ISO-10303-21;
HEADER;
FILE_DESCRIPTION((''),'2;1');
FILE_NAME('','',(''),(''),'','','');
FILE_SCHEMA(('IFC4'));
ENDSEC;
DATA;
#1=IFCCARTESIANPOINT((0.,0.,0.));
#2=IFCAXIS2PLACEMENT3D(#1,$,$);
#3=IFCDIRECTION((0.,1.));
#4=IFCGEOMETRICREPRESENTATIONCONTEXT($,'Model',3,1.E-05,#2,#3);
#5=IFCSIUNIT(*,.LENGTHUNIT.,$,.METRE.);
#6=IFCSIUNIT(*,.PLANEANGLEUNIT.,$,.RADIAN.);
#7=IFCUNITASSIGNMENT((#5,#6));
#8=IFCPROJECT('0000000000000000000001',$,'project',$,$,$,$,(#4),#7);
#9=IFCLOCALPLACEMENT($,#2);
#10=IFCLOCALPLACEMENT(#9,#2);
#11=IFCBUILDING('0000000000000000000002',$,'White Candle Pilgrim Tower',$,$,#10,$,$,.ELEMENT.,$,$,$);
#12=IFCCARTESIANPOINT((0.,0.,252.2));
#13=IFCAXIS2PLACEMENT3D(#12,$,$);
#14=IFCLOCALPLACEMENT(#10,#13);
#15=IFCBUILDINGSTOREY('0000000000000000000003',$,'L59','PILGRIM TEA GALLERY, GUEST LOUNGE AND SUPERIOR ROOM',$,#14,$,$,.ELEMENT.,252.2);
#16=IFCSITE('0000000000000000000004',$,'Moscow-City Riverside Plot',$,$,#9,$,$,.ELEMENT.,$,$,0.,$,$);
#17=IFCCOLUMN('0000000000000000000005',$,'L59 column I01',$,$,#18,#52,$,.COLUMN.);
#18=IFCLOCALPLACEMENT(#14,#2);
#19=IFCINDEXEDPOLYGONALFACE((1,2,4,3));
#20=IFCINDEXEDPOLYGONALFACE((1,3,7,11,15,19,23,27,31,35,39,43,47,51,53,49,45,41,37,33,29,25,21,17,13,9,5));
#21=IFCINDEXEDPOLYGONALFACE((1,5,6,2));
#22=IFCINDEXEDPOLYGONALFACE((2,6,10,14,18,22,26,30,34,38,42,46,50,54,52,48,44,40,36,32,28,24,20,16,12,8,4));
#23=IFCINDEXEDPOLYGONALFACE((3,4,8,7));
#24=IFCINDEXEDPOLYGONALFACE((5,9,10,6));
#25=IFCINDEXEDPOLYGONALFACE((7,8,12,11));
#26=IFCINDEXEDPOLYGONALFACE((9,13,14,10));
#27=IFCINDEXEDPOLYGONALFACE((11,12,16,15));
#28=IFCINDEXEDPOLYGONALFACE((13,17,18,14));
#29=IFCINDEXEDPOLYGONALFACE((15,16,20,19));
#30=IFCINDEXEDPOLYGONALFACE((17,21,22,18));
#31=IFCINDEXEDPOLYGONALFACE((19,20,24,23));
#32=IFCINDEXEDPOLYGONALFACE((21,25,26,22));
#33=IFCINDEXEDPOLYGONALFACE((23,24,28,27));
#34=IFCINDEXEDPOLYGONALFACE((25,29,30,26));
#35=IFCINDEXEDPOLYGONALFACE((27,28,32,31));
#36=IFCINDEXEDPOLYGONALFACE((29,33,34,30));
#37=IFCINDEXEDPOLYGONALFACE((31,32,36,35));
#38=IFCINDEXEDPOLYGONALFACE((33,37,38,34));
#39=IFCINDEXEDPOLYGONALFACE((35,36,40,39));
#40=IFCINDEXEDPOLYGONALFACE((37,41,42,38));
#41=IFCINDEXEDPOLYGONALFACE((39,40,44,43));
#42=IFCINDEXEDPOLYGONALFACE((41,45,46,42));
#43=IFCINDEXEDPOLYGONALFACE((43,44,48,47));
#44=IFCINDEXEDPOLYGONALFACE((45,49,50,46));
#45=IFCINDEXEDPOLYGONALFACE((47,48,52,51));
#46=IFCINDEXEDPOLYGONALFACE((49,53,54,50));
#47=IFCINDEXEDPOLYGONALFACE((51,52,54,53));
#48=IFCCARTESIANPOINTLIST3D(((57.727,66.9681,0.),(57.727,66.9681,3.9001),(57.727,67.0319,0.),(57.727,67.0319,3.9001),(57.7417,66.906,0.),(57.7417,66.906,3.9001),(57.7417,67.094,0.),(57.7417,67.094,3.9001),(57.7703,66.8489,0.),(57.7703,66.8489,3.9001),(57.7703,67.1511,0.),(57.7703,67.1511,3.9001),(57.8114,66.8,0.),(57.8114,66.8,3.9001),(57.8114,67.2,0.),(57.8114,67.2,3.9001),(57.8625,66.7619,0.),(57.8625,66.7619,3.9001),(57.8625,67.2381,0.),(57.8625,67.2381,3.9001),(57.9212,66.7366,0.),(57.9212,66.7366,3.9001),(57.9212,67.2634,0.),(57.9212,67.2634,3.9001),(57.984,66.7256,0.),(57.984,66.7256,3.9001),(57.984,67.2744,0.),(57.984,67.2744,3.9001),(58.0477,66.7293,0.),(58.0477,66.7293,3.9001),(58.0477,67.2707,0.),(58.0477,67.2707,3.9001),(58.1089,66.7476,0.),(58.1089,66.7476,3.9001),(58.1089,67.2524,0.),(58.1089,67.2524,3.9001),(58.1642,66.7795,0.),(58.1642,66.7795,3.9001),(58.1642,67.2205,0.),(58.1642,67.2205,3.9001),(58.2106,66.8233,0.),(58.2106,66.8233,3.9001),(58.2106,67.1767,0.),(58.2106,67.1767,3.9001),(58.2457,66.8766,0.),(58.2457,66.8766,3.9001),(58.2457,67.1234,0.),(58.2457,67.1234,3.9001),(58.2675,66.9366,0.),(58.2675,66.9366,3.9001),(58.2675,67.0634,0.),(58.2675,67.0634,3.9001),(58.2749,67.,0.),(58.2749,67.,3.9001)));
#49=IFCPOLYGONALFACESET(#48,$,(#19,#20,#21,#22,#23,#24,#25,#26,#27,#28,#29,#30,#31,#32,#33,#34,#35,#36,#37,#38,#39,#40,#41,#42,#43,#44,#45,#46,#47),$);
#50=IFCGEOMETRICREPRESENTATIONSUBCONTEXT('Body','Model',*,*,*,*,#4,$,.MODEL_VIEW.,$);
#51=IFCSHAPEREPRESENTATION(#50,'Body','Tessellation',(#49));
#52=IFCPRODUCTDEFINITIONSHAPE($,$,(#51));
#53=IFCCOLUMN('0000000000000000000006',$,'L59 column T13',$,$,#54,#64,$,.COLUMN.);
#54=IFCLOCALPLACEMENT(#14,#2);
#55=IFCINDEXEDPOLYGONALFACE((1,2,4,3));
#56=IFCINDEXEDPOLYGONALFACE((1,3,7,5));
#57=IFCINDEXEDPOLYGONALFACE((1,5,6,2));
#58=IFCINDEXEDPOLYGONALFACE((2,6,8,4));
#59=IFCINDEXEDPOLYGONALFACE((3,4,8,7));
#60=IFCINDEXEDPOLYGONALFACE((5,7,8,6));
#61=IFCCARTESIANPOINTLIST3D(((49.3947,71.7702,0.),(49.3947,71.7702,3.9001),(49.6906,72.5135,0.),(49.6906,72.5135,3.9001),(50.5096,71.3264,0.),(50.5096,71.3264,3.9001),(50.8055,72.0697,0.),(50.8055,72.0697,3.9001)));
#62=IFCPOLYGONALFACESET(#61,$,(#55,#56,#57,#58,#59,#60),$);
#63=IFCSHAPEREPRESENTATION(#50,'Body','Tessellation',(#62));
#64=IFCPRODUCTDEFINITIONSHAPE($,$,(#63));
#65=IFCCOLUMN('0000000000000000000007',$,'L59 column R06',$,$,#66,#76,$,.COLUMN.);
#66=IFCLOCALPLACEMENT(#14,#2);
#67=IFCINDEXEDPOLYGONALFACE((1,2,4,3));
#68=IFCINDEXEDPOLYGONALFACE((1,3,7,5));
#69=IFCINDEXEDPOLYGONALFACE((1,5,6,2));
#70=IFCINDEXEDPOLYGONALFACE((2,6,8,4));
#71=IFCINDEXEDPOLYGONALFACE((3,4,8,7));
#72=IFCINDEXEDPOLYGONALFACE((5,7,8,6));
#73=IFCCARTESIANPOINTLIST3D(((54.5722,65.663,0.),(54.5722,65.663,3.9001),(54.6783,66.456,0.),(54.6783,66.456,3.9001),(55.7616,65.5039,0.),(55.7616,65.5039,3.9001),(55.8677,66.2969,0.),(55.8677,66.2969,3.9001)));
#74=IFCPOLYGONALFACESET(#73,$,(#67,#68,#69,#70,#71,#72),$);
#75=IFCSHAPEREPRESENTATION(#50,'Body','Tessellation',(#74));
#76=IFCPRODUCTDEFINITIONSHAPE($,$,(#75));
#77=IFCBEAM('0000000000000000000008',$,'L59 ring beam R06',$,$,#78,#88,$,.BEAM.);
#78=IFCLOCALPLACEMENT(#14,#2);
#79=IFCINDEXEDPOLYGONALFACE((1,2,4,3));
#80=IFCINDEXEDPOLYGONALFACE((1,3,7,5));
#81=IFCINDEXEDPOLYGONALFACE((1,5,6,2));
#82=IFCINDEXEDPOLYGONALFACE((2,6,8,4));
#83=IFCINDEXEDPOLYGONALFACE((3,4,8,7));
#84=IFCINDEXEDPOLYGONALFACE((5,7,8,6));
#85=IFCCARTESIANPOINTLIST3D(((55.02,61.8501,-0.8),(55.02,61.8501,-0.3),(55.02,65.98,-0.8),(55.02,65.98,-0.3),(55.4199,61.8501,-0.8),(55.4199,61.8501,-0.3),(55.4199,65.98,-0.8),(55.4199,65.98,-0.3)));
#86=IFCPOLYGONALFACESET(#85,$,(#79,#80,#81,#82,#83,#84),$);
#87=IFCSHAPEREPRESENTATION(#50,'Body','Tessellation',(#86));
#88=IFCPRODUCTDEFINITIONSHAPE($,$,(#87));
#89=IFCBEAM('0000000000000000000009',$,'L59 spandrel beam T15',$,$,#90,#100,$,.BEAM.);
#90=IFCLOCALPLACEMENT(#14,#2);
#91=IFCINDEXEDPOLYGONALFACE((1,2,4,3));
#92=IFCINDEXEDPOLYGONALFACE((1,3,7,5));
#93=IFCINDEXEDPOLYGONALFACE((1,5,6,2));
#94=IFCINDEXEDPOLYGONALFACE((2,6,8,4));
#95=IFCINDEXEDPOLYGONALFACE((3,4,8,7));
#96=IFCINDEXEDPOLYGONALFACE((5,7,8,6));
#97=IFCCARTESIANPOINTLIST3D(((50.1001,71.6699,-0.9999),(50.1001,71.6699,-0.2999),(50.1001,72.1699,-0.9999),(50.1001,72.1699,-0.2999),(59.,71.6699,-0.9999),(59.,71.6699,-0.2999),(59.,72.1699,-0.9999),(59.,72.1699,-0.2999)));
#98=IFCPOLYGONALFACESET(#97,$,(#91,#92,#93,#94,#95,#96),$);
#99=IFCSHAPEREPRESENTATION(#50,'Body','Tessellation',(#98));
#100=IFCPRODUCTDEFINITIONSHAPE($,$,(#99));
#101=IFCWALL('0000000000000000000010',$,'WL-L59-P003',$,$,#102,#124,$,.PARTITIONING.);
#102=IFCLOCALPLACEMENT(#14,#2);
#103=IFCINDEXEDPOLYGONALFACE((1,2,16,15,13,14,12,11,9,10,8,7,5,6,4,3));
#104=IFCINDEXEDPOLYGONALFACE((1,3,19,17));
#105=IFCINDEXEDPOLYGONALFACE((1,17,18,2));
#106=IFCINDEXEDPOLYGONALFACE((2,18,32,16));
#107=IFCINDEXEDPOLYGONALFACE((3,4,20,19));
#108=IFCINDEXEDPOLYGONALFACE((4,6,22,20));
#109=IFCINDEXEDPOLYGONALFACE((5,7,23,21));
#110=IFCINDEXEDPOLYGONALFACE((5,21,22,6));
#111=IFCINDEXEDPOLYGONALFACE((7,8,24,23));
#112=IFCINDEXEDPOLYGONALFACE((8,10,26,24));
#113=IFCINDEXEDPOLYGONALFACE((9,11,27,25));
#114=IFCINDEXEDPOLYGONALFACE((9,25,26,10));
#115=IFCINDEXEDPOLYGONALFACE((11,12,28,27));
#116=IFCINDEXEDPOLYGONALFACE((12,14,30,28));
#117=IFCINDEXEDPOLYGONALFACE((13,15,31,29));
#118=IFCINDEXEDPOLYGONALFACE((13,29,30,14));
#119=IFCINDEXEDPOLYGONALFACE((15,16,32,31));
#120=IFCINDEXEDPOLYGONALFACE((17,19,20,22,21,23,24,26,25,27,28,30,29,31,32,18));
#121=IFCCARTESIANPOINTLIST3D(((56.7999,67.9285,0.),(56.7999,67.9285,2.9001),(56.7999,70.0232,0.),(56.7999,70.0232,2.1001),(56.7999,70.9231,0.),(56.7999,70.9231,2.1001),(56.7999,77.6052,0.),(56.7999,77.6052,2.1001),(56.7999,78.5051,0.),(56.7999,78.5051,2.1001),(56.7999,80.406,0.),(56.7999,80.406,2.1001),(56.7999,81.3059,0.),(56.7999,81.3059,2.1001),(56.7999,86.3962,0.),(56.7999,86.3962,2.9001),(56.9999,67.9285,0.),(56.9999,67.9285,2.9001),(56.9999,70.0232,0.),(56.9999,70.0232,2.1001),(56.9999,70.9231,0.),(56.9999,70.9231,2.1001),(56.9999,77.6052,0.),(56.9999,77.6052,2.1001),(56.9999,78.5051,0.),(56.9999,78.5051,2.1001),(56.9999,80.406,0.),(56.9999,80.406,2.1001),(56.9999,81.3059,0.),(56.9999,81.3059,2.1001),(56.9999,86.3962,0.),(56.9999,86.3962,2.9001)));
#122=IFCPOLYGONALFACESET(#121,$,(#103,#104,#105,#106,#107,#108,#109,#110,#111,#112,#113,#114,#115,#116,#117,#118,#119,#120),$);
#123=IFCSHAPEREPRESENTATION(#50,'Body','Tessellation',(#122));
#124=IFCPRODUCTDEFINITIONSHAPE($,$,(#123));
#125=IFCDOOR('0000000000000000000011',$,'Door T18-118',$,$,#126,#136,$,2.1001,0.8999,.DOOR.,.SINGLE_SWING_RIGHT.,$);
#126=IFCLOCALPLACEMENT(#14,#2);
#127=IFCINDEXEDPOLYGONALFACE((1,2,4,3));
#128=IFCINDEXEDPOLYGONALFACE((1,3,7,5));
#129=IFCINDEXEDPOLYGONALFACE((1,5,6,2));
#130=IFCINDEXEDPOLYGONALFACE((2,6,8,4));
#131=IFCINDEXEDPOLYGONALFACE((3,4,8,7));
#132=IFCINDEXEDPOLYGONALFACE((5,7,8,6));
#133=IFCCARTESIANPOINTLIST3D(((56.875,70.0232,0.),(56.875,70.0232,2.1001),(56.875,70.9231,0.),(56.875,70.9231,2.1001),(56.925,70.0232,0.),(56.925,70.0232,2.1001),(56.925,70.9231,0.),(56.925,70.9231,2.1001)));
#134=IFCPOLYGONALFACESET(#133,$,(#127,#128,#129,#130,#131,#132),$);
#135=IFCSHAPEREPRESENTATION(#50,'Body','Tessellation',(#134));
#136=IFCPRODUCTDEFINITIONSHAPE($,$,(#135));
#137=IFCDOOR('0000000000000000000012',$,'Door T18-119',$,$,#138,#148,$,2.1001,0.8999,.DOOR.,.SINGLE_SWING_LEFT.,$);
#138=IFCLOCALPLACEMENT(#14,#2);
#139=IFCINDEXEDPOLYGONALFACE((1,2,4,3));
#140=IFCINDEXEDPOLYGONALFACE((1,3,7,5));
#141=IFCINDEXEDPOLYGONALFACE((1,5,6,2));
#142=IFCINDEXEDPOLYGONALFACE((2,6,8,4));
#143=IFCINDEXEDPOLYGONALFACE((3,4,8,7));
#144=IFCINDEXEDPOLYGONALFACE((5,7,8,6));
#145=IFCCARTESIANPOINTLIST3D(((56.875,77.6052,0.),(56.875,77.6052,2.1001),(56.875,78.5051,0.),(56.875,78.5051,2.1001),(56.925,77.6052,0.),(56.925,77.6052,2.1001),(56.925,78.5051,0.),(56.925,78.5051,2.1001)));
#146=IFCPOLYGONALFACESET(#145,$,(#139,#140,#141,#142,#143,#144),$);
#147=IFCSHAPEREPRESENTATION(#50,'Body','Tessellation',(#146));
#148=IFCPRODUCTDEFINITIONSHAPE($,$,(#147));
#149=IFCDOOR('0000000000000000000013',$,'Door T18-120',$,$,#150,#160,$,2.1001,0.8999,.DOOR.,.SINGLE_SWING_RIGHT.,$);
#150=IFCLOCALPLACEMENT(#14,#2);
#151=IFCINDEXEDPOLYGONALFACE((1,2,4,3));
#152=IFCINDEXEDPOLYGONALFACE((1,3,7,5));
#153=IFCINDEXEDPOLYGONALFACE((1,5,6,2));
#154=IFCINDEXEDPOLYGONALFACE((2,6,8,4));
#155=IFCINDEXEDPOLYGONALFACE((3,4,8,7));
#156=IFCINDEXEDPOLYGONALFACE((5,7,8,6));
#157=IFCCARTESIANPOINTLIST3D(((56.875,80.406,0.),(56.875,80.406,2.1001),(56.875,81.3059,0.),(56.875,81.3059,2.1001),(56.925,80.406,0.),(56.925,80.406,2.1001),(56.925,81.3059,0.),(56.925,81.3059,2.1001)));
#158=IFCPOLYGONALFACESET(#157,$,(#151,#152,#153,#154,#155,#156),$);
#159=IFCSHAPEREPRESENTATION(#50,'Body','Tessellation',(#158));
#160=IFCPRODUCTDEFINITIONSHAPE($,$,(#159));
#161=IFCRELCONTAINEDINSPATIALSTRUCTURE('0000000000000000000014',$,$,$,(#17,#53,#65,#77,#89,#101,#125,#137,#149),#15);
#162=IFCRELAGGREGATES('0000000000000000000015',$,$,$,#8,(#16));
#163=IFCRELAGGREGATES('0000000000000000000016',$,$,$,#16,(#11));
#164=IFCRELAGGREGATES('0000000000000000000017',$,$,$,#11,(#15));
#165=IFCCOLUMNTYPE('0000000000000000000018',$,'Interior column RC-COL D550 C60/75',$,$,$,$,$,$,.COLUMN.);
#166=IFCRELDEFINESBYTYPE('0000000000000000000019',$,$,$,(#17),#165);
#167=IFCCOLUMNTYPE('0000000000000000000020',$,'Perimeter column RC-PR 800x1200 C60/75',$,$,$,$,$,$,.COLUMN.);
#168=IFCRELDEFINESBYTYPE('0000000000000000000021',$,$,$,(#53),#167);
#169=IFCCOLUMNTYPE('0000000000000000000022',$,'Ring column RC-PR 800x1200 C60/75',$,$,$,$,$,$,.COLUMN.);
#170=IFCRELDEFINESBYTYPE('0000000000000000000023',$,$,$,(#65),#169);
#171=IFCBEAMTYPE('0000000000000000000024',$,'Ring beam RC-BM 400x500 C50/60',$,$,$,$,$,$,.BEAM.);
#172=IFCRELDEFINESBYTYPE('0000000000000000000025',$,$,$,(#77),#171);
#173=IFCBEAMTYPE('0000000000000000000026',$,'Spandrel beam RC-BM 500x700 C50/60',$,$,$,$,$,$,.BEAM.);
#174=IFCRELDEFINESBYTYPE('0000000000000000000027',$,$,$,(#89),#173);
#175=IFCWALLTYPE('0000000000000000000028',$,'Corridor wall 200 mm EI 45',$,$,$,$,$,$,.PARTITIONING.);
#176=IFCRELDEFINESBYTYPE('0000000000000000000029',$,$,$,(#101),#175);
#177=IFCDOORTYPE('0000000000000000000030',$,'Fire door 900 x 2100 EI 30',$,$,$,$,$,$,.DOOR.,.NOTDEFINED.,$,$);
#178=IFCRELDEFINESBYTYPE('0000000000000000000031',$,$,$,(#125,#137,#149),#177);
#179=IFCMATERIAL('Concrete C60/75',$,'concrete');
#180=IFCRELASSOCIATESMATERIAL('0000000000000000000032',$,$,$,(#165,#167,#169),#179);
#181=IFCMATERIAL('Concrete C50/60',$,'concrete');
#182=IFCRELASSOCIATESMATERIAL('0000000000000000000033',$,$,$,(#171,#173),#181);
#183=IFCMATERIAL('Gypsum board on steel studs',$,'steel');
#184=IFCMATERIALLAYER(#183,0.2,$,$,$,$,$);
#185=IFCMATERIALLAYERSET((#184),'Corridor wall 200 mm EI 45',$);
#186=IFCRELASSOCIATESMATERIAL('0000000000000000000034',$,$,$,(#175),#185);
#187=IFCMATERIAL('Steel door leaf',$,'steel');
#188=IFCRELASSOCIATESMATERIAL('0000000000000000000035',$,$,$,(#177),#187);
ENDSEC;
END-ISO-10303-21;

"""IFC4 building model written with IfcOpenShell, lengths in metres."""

from ifc_helpers import new_model, si_unit, direction, frame, frame_2d, origin, origin_2d, place, context, subcontext, project, spatial, rectangle, circle, extrude, material, layer, layer_set, material_profile, profile_set, type_object, element, fill, save


model = new_model("IFC4")

# Units and contexts
model_context = context("Model", 3, precision=1e-05, world=origin(), true_north=direction((0.0, 1.0)))
body_context = subcontext(model_context, "Body", "Model", "MODEL_VIEW")
ifc_project = project(units=[si_unit("LENGTHUNIT", "METRE"), si_unit("PLANEANGLEUNIT", "RADIAN")], contexts=[model_context])

# Site, building, storey
site_placement = place(None, origin())
site = spatial("IfcSite", under=ifc_project, at=site_placement, Name="Moscow-City Riverside Plot", CompositionType="ELEMENT", RefElevation=0.0)
building_placement = place(site_placement, origin())
building = spatial("IfcBuilding", under=site, at=building_placement, Name="White Candle Pilgrim Tower", CompositionType="ELEMENT")
storey_placement = place(building_placement, frame((0.0, 0.0, 252.2)))
storey = spatial("IfcBuildingStorey", under=building, at=storey_placement, Name="L59", Description="PILGRIM TEA GALLERY, GUEST LOUNGE AND SUPERIOR ROOM", CompositionType="ELEMENT", Elevation=252.2)

# Columns
ifc_material_1 = material(Name="Concrete C60/75", Category="concrete")
ifc_material_profile_1 = material_profile(ifc_material_1, circle(Radius=0.2749, at=origin_2d()), Name="RC-COL D550")
ifc_profile_set_1 = profile_set([ifc_material_profile_1], Name="Concrete C60/75")
column_type_1 = type_object("IfcColumnType", Name="Interior column RC-COL D550 C60/75", PredefinedType="COLUMN", material=ifc_profile_set_1)
column_1_placement = place(storey_placement, frame((58.0, 67.0, 0.0), z_axis=(0.0, 0.0, 1.0), x_axis=(1.0, 0.0, 0.0)))
element("IfcColumn", 1, at=column_1_placement, inside=storey, type_object=column_type_1, Name="L59 column I01", PredefinedType="COLUMN", context=body_context, shape_type="SweptSolid", body=[
    extrude(circle(Radius=0.2749, at=origin_2d()), origin(), (0.0, 0.0, 1.0), 3.9001),
])
ifc_material_profile_2 = material_profile(ifc_material_1, rectangle(XDim=0.8, YDim=1.2, at=origin_2d()), Name="RC-PR 800x1200")
ifc_profile_set_2 = profile_set([ifc_material_profile_2], Name="Concrete C60/75")
column_type_2 = type_object("IfcColumnType", Name="Perimeter column RC-PR 800x1200 C60/75", PredefinedType="COLUMN", material=ifc_profile_set_2)
column_2_placement = place(storey_placement, frame((50.1001, 71.9199, 0.0), z_axis=(0.0, 0.0, 1.0), x_axis=(0.36986, 0.929087, 0.0)))
element("IfcColumn", 2, at=column_2_placement, inside=storey, type_object=column_type_2, Name="L59 column T13", PredefinedType="COLUMN", context=body_context, shape_type="SweptSolid", body=[
    extrude(rectangle(XDim=0.8, YDim=1.2, at=origin_2d()), origin(), (0.0, 0.0, 1.0), 3.9001),
])
ifc_material_profile_3 = material_profile(ifc_material_1, rectangle(XDim=0.8, YDim=1.2, at=origin_2d()), Name="RC-PR 800x1200")
ifc_profile_set_3 = profile_set([ifc_material_profile_3], Name="Concrete C60/75")
column_type_3 = type_object("IfcColumnType", Name="Ring column RC-PR 800x1200 C60/75", PredefinedType="COLUMN", material=ifc_profile_set_3)
column_3_placement = place(storey_placement, frame((55.22, 65.98, 0.0), z_axis=(0.0, 0.0, 1.0), x_axis=(0.132602, 0.991169, 0.0)))
element("IfcColumn", 3, at=column_3_placement, inside=storey, type_object=column_type_3, Name="L59 column R06", PredefinedType="COLUMN", context=body_context, shape_type="SweptSolid", body=[
    extrude(rectangle(XDim=0.8, YDim=1.2, at=origin_2d()), origin(), (0.0, 0.0, 1.0), 3.9001),
])

# Beams
ifc_material_2 = material(Name="Concrete C50/60", Category="concrete")
ifc_material_profile_4 = material_profile(ifc_material_2, rectangle(XDim=0.3999, YDim=0.5, at=origin_2d()), Name="RC-BM 400x500")
ifc_profile_set_4 = profile_set([ifc_material_profile_4], Name="Concrete C50/60")
beam_type_1 = type_object("IfcBeamType", Name="Ring beam RC-BM 400x500 C50/60", PredefinedType="BEAM", material=ifc_profile_set_4)
beam_1_placement = place(storey_placement, frame((55.22, 65.98, -0.55), z_axis=(0.0, -1.0, 0.0), x_axis=(1.0, 0.0, 0.0)))
element("IfcBeam", 4, at=beam_1_placement, inside=storey, type_object=beam_type_1, Name="L59 ring beam R06", PredefinedType="BEAM", context=body_context, shape_type="SweptSolid", body=[
    extrude(rectangle(XDim=0.3999, YDim=0.5, at=origin_2d()), origin(), (0.0, 0.0, 1.0), 4.1299),
])
ifc_material_profile_5 = material_profile(ifc_material_2, rectangle(XDim=0.5, YDim=0.7, at=origin_2d()), Name="RC-BM 500x700")
ifc_profile_set_5 = profile_set([ifc_material_profile_5], Name="Concrete C50/60")
beam_type_2 = type_object("IfcBeamType", Name="Spandrel beam RC-BM 500x700 C50/60", PredefinedType="BEAM", material=ifc_profile_set_5)
beam_2_placement = place(storey_placement, frame((50.1001, 71.9199, -0.6499), z_axis=(1.0, 0.0, 0.0), x_axis=(0.0, 1.0, 0.0)))
element("IfcBeam", 5, at=beam_2_placement, inside=storey, type_object=beam_type_2, Name="L59 spandrel beam T15", PredefinedType="BEAM", context=body_context, shape_type="SweptSolid", body=[
    extrude(rectangle(XDim=0.5, YDim=0.7, at=origin_2d()), origin(), (0.0, 0.0, 1.0), 8.8999),
])

# Wall, openings, doors
ifc_material_3 = material(Name="Gypsum board on steel studs", Category="steel")
ifc_layer_1 = layer(ifc_material_3, 0.2)
ifc_layer_set_1 = layer_set([ifc_layer_1], Name="Corridor wall 200 mm EI 45")
wall_type_1 = type_object("IfcWallType", Name="Corridor wall 200 mm EI 45", PredefinedType="PARTITIONING", material=ifc_layer_set_1)
wall_1_placement = place(storey_placement, frame((56.8999, 67.9285, 0.0), z_axis=(0.0, 0.0, 1.0), x_axis=(0.0, 1.0, 0.0)))
wall_1 = element("IfcWall", 6, at=wall_1_placement, inside=storey, type_object=wall_type_1, Name="WL-L59-P003", PredefinedType="PARTITIONING", context=body_context, shape_type="SweptSolid", body=[
    extrude(rectangle(XDim=18.4678, YDim=0.2, at=frame_2d((9.2339, 0.0))), origin(), (0.0, 0.0, 1.0), 2.9001),
])
opening_1_placement = place(wall_1_placement, frame((2.0947, 0.0, 0.0)))
opening_1 = element("IfcOpeningElement", 7, at=opening_1_placement, cuts=wall_1, PredefinedType="OPENING", context=body_context, shape_type="SweptSolid", body=[
    extrude(rectangle(XDim=0.8999, YDim=2.1001, at=frame_2d((0.45, 1.05))), frame((0.0, 0.1099, 0.0), z_axis=(0.0, -1.0, 0.0), x_axis=(1.0, 0.0, 0.0)), (0.0, 0.0, 1.0), 0.22),
])
opening_2_placement = place(wall_1_placement, frame((9.6768, 0.0, 0.0)))
opening_2 = element("IfcOpeningElement", 8, at=opening_2_placement, cuts=wall_1, PredefinedType="OPENING", context=body_context, shape_type="SweptSolid", body=[
    extrude(rectangle(XDim=0.8999, YDim=2.1001, at=frame_2d((0.45, 1.05))), frame((0.0, 0.1099, 0.0), z_axis=(0.0, -1.0, 0.0), x_axis=(1.0, 0.0, 0.0)), (0.0, 0.0, 1.0), 0.22),
])
opening_3_placement = place(wall_1_placement, frame((12.4775, 0.0, 0.0)))
opening_3 = element("IfcOpeningElement", 9, at=opening_3_placement, cuts=wall_1, PredefinedType="OPENING", context=body_context, shape_type="SweptSolid", body=[
    extrude(rectangle(XDim=0.8999, YDim=2.1001, at=frame_2d((0.45, 1.05))), frame((0.0, 0.1099, 0.0), z_axis=(0.0, -1.0, 0.0), x_axis=(1.0, 0.0, 0.0)), (0.0, 0.0, 1.0), 0.22),
])
ifc_material_4 = material(Name="Steel door leaf", Category="steel")
door_type_1 = type_object("IfcDoorType", Name="Fire door 900 x 2100 EI 30", OperationType="NOTDEFINED", PredefinedType="DOOR", material=ifc_material_4)
door_1_placement = place(opening_1_placement, origin())
door_1 = element("IfcDoor", 10, at=door_1_placement, inside=storey, type_object=door_type_1, Name="Door T18-118", OperationType="SINGLE_SWING_RIGHT", OverallHeight=2.1001, OverallWidth=0.8999, PredefinedType="DOOR", context=body_context, shape_type="SweptSolid", body=[
    extrude(rectangle(XDim=0.8999, YDim=2.1001, at=frame_2d((0.45, 1.05))), frame((0.0, 0.0249, 0.0), z_axis=(0.0, -1.0, 0.0), x_axis=(1.0, 0.0, 0.0)), (0.0, 0.0, 1.0), 0.05),
])
fill(opening_1, door_1)
door_2_placement = place(opening_2_placement, origin())
door_2 = element("IfcDoor", 11, at=door_2_placement, inside=storey, type_object=door_type_1, Name="Door T18-119", OperationType="SINGLE_SWING_LEFT", OverallHeight=2.1001, OverallWidth=0.8999, PredefinedType="DOOR", context=body_context, shape_type="SweptSolid", body=[
    extrude(rectangle(XDim=0.8999, YDim=2.1001, at=frame_2d((0.45, 1.05))), frame((0.0, 0.0249, 0.0), z_axis=(0.0, -1.0, 0.0), x_axis=(1.0, 0.0, 0.0)), (0.0, 0.0, 1.0), 0.05),
])
fill(opening_2, door_2)
door_3_placement = place(opening_3_placement, origin())
door_3 = element("IfcDoor", 12, at=door_3_placement, inside=storey, type_object=door_type_1, Name="Door T18-120", OperationType="SINGLE_SWING_RIGHT", OverallHeight=2.1001, OverallWidth=0.8999, PredefinedType="DOOR", context=body_context, shape_type="SweptSolid", body=[
    extrude(rectangle(XDim=0.8999, YDim=2.1001, at=frame_2d((0.45, 1.05))), frame((0.0, 0.0249, 0.0), z_axis=(0.0, -1.0, 0.0), x_axis=(1.0, 0.0, 0.0)), (0.0, 0.0, 1.0), 0.05),
])
fill(opening_3, door_3)

save(model, "model.ifc")
